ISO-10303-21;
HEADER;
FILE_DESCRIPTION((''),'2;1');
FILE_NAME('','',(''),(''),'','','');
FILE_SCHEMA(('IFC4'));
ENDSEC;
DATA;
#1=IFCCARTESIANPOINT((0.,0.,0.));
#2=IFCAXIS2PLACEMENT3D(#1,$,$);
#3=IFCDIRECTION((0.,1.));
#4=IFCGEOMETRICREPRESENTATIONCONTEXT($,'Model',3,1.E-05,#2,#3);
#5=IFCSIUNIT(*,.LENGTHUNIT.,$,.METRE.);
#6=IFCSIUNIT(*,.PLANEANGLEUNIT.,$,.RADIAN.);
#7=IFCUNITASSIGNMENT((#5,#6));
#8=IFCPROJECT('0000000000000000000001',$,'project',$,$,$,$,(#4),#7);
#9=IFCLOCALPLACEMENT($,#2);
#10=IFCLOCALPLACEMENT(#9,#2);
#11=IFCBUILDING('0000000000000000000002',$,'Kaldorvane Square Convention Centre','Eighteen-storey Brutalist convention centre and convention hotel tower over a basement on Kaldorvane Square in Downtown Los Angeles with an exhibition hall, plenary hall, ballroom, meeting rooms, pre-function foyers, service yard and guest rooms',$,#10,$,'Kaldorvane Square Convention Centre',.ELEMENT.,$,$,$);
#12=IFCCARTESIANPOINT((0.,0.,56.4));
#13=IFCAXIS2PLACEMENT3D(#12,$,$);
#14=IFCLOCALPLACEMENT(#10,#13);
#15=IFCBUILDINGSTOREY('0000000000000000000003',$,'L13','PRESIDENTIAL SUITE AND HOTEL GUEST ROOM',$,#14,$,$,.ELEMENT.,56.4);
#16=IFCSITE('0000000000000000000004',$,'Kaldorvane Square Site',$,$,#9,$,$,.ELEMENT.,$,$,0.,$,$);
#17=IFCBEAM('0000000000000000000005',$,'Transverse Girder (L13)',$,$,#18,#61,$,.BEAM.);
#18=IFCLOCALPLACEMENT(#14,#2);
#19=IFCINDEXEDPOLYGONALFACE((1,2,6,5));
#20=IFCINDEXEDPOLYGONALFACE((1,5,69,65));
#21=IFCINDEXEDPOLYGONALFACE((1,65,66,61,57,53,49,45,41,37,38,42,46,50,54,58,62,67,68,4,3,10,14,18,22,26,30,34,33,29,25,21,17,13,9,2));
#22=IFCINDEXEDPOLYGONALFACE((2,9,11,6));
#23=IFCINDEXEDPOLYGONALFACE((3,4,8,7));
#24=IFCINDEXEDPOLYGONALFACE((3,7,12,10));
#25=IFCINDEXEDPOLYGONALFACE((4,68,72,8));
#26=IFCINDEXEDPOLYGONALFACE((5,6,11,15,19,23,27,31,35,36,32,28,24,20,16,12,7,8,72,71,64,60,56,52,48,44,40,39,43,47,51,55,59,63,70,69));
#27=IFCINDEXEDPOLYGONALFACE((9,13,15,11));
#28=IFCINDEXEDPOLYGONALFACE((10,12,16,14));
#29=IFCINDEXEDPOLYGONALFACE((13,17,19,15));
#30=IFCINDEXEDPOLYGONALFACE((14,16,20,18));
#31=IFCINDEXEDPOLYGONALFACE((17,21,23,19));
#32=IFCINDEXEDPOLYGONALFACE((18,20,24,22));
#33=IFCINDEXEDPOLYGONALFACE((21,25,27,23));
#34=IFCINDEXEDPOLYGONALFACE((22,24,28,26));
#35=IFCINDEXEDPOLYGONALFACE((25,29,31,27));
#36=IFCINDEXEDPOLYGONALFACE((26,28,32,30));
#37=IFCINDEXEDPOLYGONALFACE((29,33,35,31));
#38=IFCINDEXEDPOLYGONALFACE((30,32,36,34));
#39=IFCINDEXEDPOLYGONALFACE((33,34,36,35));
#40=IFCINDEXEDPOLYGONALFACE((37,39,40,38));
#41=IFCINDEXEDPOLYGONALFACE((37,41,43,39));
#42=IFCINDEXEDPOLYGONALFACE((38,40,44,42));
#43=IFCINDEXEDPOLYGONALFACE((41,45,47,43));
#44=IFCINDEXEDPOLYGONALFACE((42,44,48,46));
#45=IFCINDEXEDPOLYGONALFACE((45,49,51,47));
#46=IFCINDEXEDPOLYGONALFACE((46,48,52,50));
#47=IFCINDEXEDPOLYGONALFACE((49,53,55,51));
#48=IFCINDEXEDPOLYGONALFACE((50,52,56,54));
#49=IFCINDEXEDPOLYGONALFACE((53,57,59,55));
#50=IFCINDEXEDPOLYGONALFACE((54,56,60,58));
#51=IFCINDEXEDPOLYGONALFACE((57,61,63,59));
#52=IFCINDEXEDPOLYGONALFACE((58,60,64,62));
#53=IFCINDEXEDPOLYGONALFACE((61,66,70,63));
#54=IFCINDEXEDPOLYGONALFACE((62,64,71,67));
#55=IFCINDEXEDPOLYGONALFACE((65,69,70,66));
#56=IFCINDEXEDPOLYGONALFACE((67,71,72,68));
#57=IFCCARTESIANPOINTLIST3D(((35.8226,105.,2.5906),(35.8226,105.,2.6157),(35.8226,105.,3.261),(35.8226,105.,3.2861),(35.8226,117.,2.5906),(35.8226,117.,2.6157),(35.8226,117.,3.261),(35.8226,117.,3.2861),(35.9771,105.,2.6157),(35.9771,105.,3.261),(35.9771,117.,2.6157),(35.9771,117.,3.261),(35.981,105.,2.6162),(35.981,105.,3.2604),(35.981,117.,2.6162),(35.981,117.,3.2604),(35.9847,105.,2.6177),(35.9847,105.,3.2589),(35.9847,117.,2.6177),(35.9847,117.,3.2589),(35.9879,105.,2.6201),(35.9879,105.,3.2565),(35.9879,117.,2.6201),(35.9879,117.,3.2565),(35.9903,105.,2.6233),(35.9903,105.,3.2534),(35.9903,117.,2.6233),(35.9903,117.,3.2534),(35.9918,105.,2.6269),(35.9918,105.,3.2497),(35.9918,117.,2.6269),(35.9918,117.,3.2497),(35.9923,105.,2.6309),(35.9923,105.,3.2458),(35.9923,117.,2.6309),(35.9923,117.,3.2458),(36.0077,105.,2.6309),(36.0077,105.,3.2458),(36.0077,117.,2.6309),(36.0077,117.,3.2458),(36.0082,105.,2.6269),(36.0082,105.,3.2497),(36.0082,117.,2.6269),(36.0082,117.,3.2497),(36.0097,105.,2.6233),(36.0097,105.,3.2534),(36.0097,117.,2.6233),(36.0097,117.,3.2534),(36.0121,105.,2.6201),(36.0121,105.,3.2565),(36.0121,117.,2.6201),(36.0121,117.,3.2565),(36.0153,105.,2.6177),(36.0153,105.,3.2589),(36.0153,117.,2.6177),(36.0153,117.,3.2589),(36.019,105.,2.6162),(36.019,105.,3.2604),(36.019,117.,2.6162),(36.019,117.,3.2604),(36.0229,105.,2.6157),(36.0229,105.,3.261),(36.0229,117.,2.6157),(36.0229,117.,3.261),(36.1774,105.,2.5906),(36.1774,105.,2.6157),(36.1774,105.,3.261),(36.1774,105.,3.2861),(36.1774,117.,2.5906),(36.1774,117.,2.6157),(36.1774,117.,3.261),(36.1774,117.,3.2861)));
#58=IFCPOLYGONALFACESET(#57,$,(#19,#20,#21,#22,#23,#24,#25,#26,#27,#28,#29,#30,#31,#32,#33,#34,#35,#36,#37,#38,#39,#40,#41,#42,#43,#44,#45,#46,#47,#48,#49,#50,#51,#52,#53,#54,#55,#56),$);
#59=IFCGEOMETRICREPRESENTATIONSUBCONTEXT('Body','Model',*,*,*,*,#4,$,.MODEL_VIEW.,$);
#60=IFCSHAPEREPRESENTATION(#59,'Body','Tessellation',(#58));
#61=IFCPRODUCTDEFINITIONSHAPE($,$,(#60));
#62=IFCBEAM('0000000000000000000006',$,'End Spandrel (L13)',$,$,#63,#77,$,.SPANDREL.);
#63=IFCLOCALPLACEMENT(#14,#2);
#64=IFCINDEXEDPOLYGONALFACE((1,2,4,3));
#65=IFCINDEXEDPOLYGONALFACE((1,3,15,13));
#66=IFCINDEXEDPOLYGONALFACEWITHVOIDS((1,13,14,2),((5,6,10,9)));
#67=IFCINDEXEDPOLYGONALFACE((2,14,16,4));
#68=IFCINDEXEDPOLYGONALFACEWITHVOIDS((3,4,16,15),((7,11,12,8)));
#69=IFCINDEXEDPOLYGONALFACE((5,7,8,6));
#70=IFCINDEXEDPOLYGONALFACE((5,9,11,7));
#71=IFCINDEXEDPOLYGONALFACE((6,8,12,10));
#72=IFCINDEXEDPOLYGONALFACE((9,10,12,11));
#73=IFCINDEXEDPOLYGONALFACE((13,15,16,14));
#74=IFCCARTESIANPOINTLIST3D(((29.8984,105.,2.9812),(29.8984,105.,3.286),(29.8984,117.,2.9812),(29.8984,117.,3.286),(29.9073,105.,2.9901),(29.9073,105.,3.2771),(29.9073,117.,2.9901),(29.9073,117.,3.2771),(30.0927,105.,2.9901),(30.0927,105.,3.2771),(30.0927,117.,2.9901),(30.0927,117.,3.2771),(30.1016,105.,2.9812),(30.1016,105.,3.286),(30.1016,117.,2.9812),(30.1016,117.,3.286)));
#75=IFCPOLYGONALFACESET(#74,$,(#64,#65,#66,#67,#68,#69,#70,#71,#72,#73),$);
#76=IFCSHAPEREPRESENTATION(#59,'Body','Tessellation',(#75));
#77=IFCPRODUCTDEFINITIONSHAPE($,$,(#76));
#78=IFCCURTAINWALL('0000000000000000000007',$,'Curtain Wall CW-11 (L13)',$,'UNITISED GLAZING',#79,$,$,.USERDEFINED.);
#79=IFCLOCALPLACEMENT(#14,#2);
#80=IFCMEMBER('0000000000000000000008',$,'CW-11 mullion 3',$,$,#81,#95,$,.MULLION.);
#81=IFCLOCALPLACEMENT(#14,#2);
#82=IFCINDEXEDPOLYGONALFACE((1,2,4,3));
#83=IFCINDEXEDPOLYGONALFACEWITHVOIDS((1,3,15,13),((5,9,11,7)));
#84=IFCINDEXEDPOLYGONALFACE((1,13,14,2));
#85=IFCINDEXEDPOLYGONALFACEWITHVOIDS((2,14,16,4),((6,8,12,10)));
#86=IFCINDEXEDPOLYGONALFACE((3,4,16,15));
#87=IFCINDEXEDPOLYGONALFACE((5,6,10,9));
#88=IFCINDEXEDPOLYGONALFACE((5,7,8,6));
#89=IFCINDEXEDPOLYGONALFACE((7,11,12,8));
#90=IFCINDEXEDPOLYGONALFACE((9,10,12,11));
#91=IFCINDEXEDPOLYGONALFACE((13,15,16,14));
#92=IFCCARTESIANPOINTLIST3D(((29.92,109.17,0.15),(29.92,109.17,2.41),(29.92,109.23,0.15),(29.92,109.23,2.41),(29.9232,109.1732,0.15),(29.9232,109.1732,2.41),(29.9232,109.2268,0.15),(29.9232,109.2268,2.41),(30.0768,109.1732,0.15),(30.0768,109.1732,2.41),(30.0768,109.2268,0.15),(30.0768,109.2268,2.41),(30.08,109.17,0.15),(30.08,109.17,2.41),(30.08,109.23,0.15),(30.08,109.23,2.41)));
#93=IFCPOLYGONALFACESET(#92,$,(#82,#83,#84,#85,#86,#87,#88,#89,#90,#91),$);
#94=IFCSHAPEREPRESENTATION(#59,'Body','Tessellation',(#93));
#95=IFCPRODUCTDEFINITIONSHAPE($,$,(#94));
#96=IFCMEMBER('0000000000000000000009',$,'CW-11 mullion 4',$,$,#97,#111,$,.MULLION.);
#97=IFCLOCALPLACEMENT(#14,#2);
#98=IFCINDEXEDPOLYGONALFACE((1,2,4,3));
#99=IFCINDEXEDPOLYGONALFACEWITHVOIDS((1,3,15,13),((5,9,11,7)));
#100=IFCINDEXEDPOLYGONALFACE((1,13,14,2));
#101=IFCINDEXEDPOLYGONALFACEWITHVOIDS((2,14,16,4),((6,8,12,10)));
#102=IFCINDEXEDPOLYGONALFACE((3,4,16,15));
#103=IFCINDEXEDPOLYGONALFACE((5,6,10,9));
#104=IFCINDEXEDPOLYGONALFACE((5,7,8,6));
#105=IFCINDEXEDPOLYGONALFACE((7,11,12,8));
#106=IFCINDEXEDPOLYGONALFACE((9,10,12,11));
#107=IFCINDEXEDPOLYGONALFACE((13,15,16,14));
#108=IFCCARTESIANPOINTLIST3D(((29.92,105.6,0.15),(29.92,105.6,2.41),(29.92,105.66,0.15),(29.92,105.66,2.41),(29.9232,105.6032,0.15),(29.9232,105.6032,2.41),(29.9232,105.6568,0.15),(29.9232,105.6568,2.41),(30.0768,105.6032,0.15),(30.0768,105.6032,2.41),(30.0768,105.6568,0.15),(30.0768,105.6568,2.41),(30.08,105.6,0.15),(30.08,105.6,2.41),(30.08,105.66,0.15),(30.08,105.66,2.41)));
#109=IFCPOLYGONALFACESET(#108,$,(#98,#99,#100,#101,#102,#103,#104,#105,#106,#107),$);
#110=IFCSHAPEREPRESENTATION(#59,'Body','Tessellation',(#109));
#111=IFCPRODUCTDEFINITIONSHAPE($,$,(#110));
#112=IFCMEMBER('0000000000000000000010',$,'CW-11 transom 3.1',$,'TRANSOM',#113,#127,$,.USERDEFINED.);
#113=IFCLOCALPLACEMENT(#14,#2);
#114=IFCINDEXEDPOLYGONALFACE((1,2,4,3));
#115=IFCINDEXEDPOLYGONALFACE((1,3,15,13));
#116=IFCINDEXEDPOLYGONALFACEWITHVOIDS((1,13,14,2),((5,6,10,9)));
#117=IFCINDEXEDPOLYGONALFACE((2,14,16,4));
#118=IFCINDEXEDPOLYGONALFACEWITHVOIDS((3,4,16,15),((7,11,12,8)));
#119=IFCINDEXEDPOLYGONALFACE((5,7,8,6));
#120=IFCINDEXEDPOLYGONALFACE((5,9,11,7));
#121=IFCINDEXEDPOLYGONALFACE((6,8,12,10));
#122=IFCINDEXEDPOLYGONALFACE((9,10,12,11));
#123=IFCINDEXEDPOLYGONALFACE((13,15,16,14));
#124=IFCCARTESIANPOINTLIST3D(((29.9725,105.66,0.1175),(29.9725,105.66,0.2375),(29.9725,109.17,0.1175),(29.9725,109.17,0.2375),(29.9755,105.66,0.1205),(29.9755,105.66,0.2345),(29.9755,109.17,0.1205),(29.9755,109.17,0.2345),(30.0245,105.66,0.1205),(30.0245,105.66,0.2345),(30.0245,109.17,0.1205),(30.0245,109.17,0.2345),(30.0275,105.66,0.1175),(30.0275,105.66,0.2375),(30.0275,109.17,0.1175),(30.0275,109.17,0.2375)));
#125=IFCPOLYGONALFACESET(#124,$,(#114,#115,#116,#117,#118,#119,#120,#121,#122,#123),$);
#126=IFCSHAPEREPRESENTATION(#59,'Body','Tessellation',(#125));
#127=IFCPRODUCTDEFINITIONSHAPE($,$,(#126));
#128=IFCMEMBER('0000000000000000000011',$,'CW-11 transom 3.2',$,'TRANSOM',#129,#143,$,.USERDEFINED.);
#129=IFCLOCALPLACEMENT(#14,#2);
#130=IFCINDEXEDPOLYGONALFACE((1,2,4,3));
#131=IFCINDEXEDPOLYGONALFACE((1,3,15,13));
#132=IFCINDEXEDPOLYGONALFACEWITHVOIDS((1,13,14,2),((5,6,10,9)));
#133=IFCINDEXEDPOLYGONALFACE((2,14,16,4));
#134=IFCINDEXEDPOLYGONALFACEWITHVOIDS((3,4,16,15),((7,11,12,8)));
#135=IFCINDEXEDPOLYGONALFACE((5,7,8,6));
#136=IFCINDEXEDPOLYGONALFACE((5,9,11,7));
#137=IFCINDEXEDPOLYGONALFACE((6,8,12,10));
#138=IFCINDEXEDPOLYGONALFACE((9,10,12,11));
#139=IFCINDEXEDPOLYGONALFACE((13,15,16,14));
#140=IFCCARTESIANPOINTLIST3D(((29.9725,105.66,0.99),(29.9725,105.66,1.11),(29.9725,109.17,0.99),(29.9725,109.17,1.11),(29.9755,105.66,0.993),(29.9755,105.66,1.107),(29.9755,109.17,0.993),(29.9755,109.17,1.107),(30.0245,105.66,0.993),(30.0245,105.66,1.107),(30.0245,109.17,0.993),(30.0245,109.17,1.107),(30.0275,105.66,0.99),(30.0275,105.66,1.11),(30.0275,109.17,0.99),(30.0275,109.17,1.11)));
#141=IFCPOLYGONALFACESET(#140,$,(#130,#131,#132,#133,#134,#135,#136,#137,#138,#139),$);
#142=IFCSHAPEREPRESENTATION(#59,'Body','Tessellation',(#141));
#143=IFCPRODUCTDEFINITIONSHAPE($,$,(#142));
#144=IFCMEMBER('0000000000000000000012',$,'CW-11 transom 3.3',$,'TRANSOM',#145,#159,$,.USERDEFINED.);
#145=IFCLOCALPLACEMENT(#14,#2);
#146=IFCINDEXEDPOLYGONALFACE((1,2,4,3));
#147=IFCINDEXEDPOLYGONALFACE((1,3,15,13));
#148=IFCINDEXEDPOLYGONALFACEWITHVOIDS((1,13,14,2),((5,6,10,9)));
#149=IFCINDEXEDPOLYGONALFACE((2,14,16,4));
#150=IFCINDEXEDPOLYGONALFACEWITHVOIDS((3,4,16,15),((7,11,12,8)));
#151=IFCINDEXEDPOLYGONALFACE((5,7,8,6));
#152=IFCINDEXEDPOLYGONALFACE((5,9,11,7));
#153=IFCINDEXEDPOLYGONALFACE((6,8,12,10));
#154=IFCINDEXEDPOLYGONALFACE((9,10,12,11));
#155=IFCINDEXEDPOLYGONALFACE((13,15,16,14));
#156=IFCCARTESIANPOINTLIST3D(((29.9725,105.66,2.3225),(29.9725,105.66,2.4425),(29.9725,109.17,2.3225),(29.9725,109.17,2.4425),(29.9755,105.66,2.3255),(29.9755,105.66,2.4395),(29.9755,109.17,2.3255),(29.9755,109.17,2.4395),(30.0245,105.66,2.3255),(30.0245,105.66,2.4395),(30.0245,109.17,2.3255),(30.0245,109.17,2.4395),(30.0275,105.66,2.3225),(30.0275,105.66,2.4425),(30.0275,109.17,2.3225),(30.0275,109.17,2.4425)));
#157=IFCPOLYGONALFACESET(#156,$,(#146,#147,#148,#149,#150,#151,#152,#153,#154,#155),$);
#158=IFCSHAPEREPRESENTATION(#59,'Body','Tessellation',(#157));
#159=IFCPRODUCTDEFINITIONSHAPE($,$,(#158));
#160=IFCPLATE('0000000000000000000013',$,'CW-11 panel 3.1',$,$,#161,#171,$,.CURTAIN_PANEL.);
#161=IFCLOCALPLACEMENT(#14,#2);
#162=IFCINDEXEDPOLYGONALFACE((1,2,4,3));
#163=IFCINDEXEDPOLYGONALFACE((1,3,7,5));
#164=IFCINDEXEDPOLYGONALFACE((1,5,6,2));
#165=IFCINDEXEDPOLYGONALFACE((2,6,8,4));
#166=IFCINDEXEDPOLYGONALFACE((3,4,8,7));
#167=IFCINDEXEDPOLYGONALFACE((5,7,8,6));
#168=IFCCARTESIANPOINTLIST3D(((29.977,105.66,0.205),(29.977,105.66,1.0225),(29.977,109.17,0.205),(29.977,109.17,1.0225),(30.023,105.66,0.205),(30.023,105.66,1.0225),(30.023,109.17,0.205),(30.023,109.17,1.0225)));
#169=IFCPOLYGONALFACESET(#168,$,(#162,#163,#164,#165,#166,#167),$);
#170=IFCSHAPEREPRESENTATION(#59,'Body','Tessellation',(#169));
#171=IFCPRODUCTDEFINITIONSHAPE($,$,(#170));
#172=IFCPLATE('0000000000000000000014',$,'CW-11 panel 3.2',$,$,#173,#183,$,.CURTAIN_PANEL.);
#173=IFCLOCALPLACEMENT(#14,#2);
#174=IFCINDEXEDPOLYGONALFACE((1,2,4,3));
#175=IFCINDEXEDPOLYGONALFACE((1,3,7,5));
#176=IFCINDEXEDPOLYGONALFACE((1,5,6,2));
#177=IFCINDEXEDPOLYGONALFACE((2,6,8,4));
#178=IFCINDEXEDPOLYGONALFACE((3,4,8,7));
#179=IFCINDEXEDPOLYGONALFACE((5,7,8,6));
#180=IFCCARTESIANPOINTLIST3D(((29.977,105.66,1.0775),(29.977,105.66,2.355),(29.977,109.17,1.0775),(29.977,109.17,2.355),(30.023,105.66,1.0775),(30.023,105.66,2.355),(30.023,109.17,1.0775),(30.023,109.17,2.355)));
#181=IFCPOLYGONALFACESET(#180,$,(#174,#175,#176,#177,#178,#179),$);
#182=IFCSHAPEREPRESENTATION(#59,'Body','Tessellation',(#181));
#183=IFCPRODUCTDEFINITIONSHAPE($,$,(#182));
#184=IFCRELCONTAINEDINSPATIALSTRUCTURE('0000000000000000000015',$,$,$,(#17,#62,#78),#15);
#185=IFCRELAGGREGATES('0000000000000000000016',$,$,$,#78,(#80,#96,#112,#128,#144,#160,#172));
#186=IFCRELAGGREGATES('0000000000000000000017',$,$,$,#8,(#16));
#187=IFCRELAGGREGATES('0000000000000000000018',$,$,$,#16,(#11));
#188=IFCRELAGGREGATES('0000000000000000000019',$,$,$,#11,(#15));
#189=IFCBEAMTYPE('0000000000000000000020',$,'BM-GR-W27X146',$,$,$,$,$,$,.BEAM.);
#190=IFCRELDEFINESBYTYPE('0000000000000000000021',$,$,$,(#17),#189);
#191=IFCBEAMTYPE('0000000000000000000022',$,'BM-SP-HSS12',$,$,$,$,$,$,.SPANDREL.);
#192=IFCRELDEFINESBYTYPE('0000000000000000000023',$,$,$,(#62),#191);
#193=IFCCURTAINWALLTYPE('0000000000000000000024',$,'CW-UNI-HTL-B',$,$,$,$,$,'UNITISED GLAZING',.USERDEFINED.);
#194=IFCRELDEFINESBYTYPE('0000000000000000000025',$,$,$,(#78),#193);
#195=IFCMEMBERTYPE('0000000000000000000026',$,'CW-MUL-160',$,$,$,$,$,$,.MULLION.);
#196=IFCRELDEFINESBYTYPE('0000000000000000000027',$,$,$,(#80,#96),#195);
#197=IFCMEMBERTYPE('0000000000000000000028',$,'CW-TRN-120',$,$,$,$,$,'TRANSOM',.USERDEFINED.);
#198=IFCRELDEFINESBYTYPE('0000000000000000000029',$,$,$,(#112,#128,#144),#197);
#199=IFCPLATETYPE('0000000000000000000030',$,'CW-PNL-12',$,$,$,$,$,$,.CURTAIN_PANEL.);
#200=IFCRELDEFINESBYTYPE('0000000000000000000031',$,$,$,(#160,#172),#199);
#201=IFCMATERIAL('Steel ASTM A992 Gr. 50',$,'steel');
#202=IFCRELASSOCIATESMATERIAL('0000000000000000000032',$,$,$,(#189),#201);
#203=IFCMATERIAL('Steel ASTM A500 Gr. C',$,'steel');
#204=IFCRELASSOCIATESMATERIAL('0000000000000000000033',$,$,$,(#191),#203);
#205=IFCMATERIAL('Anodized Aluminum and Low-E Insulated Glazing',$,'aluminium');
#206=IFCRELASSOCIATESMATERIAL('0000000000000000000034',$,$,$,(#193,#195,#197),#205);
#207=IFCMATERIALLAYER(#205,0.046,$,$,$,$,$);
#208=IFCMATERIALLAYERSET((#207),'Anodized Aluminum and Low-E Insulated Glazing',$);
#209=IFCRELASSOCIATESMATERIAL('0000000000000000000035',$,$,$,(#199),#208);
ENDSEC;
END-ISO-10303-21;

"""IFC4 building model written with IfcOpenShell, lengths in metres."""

from ifc_helpers import new_model, si_unit, direction, frame, origin, origin_2d, place, context, subcontext, project, spatial, rectangle, hollow_rectangle, i_section, extrude, material, layer, layer_set, material_profile, profile_set, type_object, element, aggregate, save


model = new_model("IFC4")

# Units and contexts
model_context = context("Model", 3, precision=1e-05, world=origin(), true_north=direction((0.0, 1.0)))
body_context = subcontext(model_context, "Body", "Model", "MODEL_VIEW")
ifc_project = project(units=[si_unit("LENGTHUNIT", "METRE"), si_unit("PLANEANGLEUNIT", "RADIAN")], contexts=[model_context])

# Site, building, storey
site_placement = place(None, origin())
site = spatial("IfcSite", under=ifc_project, at=site_placement, Name="Kaldorvane Square Site", CompositionType="ELEMENT", RefElevation=0.0)
building_placement = place(site_placement, origin())
building = spatial("IfcBuilding", under=site, at=building_placement, Name="Kaldorvane Square Convention Centre", Description="Eighteen-storey Brutalist convention centre and convention hotel tower over a basement on Kaldorvane Square in Downtown Los Angeles with an exhibition hall, plenary hall, ballroom, meeting rooms, pre-function foyers, service yard and guest rooms", LongName="Kaldorvane Square Convention Centre", CompositionType="ELEMENT")
storey_placement = place(building_placement, frame((0.0, 0.0, 56.4)))
storey = spatial("IfcBuildingStorey", under=building, at=storey_placement, Name="L13", Description="PRESIDENTIAL SUITE AND HOTEL GUEST ROOM", CompositionType="ELEMENT", Elevation=56.4)

# Shared definitions
ifc_material_1 = material(Name="Steel ASTM A992 Gr. 50", Category="steel")

# Beams
ifc_material_profile_1 = material_profile(ifc_material_1, i_section(OverallWidth=0.3547, OverallDepth=0.6955, WebThickness=0.0154, FlangeThickness=0.0251, FilletRadius=0.0152, at=origin_2d()), Name="W27X146")
ifc_profile_set_1 = profile_set([ifc_material_profile_1], Name="Steel ASTM A992 Gr. 50")
beam_type_1 = type_object("IfcBeamType", Name="BM-GR-W27X146", PredefinedType="BEAM", material=ifc_profile_set_1)
beam_1_placement = place(storey_placement, frame((36.0, 105.0, 2.9383), z_axis=(0.0, 1.0, 0.0), x_axis=(-1.0, 0.0, 0.0)))
element("IfcBeam", 1, at=beam_1_placement, inside=storey, type_object=beam_type_1, Name="Transverse Girder (L13)", PredefinedType="BEAM", context=body_context, shape_type="SweptSolid", body=[
    extrude(i_section(OverallWidth=0.3547, OverallDepth=0.6955, WebThickness=0.0154, FlangeThickness=0.0251, FilletRadius=0.0152, at=origin_2d()), origin(), (0.0, 0.0, 1.0), 12.0),
])
ifc_material_2 = material(Name="Steel ASTM A500 Gr. C", Category="steel")
ifc_material_profile_2 = material_profile(ifc_material_2, hollow_rectangle(XDim=0.2032, YDim=0.3048, WallThickness=0.0089, at=origin_2d()), Name="HSS12X8X3/8")
ifc_profile_set_2 = profile_set([ifc_material_profile_2], Name="Steel ASTM A500 Gr. C")
beam_type_2 = type_object("IfcBeamType", Name="BM-SP-HSS12", PredefinedType="SPANDREL", material=ifc_profile_set_2)
beam_2_placement = place(storey_placement, frame((30.0, 105.0, 3.1336), z_axis=(0.0, 1.0, 0.0), x_axis=(-1.0, 0.0, 0.0)))
element("IfcBeam", 2, at=beam_2_placement, inside=storey, type_object=beam_type_2, Name="End Spandrel (L13)", PredefinedType="SPANDREL", context=body_context, shape_type="SweptSolid", body=[
    extrude(hollow_rectangle(XDim=0.2032, YDim=0.3048, WallThickness=0.0089, at=origin_2d()), origin(), (0.0, 0.0, 1.0), 12.0),
])

# Curtain wall, members, plates
ifc_material_3 = material(Name="Anodized Aluminum and Low-E Insulated Glazing", Category="aluminium")
curtain_wall_type = type_object("IfcCurtainWallType", Name="CW-UNI-HTL-B", ElementType="UNITISED GLAZING", PredefinedType="USERDEFINED", material=ifc_material_3)
curtain_wall_placement = place(storey_placement, origin())
curtain_wall = element("IfcCurtainWall", 3, at=curtain_wall_placement, inside=storey, type_object=curtain_wall_type, Name="Curtain Wall CW-11 (L13)", ObjectType="UNITISED GLAZING", PredefinedType="USERDEFINED")
ifc_material_profile_3 = material_profile(ifc_material_3, hollow_rectangle(XDim=0.06, YDim=0.16, WallThickness=0.0032, at=origin_2d()), Name="CWM-160X60")
ifc_profile_set_3 = profile_set([ifc_material_profile_3], Name="Anodized Aluminum and Low-E Insulated Glazing")
member_type_1 = type_object("IfcMemberType", Name="CW-MUL-160", PredefinedType="MULLION", material=ifc_profile_set_3)
member_1_placement = place(storey_placement, frame((30.0, 109.2, 0.15), z_axis=(0.0, 0.0, 1.0), x_axis=(0.0, -1.0, 0.0)))
member_1 = element("IfcMember", 4, at=member_1_placement, type_object=member_type_1, Name="CW-11 mullion 3", PredefinedType="MULLION", context=body_context, shape_type="SweptSolid", body=[
    extrude(hollow_rectangle(XDim=0.06, YDim=0.16, WallThickness=0.0032, at=origin_2d()), origin(), (0.0, 0.0, 1.0), 2.26),
])
member_2_placement = place(storey_placement, frame((30.0, 105.63, 0.15), z_axis=(0.0, 0.0, 1.0), x_axis=(0.0, -1.0, 0.0)))
member_2 = element("IfcMember", 5, at=member_2_placement, type_object=member_type_1, Name="CW-11 mullion 4", PredefinedType="MULLION", context=body_context, shape_type="SweptSolid", body=[
    extrude(hollow_rectangle(XDim=0.06, YDim=0.16, WallThickness=0.0032, at=origin_2d()), origin(), (0.0, 0.0, 1.0), 2.26),
])
ifc_material_profile_4 = material_profile(ifc_material_3, hollow_rectangle(XDim=0.055, YDim=0.12, WallThickness=0.003, at=origin_2d()), Name="CWT-120X55")
ifc_profile_set_4 = profile_set([ifc_material_profile_4], Name="Anodized Aluminum and Low-E Insulated Glazing")
member_type_2 = type_object("IfcMemberType", Name="CW-TRN-120", ElementType="TRANSOM", PredefinedType="USERDEFINED", material=ifc_profile_set_4)
member_3_placement = place(storey_placement, frame((30.0, 109.17, 0.1775), z_axis=(0.0, -1.0, 0.0), x_axis=(1.0, 0.0, 0.0)))
member_3 = element("IfcMember", 6, at=member_3_placement, type_object=member_type_2, Name="CW-11 transom 3.1", ObjectType="TRANSOM", PredefinedType="USERDEFINED", context=body_context, shape_type="SweptSolid", body=[
    extrude(hollow_rectangle(XDim=0.055, YDim=0.12, WallThickness=0.003, at=origin_2d()), origin(), (0.0, 0.0, 1.0), 3.51),
])
member_4_placement = place(storey_placement, frame((30.0, 109.17, 1.05), z_axis=(0.0, -1.0, 0.0), x_axis=(1.0, 0.0, 0.0)))
member_4 = element("IfcMember", 7, at=member_4_placement, type_object=member_type_2, Name="CW-11 transom 3.2", ObjectType="TRANSOM", PredefinedType="USERDEFINED", context=body_context, shape_type="SweptSolid", body=[
    extrude(hollow_rectangle(XDim=0.055, YDim=0.12, WallThickness=0.003, at=origin_2d()), origin(), (0.0, 0.0, 1.0), 3.51),
])
member_5_placement = place(storey_placement, frame((30.0, 109.17, 2.3825), z_axis=(0.0, -1.0, 0.0), x_axis=(1.0, 0.0, 0.0)))
member_5 = element("IfcMember", 8, at=member_5_placement, type_object=member_type_2, Name="CW-11 transom 3.3", ObjectType="TRANSOM", PredefinedType="USERDEFINED", context=body_context, shape_type="SweptSolid", body=[
    extrude(hollow_rectangle(XDim=0.055, YDim=0.12, WallThickness=0.003, at=origin_2d()), origin(), (0.0, 0.0, 1.0), 3.51),
])
ifc_layer_1 = layer(ifc_material_3, 0.046)
ifc_layer_set_1 = layer_set([ifc_layer_1], Name="Anodized Aluminum and Low-E Insulated Glazing")
plate_type = type_object("IfcPlateType", Name="CW-PNL-12", PredefinedType="CURTAIN_PANEL", material=ifc_layer_set_1)
plate_1_placement = place(storey_placement, frame((30.0, 107.415, 0.205), z_axis=(0.0, 0.0, 1.0), x_axis=(0.0, -1.0, 0.0)))
plate_1 = element("IfcPlate", 9, at=plate_1_placement, type_object=plate_type, Name="CW-11 panel 3.1", PredefinedType="CURTAIN_PANEL", context=body_context, shape_type="SweptSolid", body=[
    extrude(rectangle(XDim=3.51, YDim=0.046, at=origin_2d()), origin(), (0.0, 0.0, 1.0), 0.8175),
])
plate_2_placement = place(storey_placement, frame((30.0, 107.415, 1.0775), z_axis=(0.0, 0.0, 1.0), x_axis=(0.0, -1.0, 0.0)))
plate_2 = element("IfcPlate", 10, at=plate_2_placement, type_object=plate_type, Name="CW-11 panel 3.2", PredefinedType="CURTAIN_PANEL", context=body_context, shape_type="SweptSolid", body=[
    extrude(rectangle(XDim=3.51, YDim=0.046, at=origin_2d()), origin(), (0.0, 0.0, 1.0), 1.2775),
])
aggregate(curtain_wall, [member_1, member_2, member_3, member_4, member_5, plate_1, plate_2])

save(model, "model.ifc")
